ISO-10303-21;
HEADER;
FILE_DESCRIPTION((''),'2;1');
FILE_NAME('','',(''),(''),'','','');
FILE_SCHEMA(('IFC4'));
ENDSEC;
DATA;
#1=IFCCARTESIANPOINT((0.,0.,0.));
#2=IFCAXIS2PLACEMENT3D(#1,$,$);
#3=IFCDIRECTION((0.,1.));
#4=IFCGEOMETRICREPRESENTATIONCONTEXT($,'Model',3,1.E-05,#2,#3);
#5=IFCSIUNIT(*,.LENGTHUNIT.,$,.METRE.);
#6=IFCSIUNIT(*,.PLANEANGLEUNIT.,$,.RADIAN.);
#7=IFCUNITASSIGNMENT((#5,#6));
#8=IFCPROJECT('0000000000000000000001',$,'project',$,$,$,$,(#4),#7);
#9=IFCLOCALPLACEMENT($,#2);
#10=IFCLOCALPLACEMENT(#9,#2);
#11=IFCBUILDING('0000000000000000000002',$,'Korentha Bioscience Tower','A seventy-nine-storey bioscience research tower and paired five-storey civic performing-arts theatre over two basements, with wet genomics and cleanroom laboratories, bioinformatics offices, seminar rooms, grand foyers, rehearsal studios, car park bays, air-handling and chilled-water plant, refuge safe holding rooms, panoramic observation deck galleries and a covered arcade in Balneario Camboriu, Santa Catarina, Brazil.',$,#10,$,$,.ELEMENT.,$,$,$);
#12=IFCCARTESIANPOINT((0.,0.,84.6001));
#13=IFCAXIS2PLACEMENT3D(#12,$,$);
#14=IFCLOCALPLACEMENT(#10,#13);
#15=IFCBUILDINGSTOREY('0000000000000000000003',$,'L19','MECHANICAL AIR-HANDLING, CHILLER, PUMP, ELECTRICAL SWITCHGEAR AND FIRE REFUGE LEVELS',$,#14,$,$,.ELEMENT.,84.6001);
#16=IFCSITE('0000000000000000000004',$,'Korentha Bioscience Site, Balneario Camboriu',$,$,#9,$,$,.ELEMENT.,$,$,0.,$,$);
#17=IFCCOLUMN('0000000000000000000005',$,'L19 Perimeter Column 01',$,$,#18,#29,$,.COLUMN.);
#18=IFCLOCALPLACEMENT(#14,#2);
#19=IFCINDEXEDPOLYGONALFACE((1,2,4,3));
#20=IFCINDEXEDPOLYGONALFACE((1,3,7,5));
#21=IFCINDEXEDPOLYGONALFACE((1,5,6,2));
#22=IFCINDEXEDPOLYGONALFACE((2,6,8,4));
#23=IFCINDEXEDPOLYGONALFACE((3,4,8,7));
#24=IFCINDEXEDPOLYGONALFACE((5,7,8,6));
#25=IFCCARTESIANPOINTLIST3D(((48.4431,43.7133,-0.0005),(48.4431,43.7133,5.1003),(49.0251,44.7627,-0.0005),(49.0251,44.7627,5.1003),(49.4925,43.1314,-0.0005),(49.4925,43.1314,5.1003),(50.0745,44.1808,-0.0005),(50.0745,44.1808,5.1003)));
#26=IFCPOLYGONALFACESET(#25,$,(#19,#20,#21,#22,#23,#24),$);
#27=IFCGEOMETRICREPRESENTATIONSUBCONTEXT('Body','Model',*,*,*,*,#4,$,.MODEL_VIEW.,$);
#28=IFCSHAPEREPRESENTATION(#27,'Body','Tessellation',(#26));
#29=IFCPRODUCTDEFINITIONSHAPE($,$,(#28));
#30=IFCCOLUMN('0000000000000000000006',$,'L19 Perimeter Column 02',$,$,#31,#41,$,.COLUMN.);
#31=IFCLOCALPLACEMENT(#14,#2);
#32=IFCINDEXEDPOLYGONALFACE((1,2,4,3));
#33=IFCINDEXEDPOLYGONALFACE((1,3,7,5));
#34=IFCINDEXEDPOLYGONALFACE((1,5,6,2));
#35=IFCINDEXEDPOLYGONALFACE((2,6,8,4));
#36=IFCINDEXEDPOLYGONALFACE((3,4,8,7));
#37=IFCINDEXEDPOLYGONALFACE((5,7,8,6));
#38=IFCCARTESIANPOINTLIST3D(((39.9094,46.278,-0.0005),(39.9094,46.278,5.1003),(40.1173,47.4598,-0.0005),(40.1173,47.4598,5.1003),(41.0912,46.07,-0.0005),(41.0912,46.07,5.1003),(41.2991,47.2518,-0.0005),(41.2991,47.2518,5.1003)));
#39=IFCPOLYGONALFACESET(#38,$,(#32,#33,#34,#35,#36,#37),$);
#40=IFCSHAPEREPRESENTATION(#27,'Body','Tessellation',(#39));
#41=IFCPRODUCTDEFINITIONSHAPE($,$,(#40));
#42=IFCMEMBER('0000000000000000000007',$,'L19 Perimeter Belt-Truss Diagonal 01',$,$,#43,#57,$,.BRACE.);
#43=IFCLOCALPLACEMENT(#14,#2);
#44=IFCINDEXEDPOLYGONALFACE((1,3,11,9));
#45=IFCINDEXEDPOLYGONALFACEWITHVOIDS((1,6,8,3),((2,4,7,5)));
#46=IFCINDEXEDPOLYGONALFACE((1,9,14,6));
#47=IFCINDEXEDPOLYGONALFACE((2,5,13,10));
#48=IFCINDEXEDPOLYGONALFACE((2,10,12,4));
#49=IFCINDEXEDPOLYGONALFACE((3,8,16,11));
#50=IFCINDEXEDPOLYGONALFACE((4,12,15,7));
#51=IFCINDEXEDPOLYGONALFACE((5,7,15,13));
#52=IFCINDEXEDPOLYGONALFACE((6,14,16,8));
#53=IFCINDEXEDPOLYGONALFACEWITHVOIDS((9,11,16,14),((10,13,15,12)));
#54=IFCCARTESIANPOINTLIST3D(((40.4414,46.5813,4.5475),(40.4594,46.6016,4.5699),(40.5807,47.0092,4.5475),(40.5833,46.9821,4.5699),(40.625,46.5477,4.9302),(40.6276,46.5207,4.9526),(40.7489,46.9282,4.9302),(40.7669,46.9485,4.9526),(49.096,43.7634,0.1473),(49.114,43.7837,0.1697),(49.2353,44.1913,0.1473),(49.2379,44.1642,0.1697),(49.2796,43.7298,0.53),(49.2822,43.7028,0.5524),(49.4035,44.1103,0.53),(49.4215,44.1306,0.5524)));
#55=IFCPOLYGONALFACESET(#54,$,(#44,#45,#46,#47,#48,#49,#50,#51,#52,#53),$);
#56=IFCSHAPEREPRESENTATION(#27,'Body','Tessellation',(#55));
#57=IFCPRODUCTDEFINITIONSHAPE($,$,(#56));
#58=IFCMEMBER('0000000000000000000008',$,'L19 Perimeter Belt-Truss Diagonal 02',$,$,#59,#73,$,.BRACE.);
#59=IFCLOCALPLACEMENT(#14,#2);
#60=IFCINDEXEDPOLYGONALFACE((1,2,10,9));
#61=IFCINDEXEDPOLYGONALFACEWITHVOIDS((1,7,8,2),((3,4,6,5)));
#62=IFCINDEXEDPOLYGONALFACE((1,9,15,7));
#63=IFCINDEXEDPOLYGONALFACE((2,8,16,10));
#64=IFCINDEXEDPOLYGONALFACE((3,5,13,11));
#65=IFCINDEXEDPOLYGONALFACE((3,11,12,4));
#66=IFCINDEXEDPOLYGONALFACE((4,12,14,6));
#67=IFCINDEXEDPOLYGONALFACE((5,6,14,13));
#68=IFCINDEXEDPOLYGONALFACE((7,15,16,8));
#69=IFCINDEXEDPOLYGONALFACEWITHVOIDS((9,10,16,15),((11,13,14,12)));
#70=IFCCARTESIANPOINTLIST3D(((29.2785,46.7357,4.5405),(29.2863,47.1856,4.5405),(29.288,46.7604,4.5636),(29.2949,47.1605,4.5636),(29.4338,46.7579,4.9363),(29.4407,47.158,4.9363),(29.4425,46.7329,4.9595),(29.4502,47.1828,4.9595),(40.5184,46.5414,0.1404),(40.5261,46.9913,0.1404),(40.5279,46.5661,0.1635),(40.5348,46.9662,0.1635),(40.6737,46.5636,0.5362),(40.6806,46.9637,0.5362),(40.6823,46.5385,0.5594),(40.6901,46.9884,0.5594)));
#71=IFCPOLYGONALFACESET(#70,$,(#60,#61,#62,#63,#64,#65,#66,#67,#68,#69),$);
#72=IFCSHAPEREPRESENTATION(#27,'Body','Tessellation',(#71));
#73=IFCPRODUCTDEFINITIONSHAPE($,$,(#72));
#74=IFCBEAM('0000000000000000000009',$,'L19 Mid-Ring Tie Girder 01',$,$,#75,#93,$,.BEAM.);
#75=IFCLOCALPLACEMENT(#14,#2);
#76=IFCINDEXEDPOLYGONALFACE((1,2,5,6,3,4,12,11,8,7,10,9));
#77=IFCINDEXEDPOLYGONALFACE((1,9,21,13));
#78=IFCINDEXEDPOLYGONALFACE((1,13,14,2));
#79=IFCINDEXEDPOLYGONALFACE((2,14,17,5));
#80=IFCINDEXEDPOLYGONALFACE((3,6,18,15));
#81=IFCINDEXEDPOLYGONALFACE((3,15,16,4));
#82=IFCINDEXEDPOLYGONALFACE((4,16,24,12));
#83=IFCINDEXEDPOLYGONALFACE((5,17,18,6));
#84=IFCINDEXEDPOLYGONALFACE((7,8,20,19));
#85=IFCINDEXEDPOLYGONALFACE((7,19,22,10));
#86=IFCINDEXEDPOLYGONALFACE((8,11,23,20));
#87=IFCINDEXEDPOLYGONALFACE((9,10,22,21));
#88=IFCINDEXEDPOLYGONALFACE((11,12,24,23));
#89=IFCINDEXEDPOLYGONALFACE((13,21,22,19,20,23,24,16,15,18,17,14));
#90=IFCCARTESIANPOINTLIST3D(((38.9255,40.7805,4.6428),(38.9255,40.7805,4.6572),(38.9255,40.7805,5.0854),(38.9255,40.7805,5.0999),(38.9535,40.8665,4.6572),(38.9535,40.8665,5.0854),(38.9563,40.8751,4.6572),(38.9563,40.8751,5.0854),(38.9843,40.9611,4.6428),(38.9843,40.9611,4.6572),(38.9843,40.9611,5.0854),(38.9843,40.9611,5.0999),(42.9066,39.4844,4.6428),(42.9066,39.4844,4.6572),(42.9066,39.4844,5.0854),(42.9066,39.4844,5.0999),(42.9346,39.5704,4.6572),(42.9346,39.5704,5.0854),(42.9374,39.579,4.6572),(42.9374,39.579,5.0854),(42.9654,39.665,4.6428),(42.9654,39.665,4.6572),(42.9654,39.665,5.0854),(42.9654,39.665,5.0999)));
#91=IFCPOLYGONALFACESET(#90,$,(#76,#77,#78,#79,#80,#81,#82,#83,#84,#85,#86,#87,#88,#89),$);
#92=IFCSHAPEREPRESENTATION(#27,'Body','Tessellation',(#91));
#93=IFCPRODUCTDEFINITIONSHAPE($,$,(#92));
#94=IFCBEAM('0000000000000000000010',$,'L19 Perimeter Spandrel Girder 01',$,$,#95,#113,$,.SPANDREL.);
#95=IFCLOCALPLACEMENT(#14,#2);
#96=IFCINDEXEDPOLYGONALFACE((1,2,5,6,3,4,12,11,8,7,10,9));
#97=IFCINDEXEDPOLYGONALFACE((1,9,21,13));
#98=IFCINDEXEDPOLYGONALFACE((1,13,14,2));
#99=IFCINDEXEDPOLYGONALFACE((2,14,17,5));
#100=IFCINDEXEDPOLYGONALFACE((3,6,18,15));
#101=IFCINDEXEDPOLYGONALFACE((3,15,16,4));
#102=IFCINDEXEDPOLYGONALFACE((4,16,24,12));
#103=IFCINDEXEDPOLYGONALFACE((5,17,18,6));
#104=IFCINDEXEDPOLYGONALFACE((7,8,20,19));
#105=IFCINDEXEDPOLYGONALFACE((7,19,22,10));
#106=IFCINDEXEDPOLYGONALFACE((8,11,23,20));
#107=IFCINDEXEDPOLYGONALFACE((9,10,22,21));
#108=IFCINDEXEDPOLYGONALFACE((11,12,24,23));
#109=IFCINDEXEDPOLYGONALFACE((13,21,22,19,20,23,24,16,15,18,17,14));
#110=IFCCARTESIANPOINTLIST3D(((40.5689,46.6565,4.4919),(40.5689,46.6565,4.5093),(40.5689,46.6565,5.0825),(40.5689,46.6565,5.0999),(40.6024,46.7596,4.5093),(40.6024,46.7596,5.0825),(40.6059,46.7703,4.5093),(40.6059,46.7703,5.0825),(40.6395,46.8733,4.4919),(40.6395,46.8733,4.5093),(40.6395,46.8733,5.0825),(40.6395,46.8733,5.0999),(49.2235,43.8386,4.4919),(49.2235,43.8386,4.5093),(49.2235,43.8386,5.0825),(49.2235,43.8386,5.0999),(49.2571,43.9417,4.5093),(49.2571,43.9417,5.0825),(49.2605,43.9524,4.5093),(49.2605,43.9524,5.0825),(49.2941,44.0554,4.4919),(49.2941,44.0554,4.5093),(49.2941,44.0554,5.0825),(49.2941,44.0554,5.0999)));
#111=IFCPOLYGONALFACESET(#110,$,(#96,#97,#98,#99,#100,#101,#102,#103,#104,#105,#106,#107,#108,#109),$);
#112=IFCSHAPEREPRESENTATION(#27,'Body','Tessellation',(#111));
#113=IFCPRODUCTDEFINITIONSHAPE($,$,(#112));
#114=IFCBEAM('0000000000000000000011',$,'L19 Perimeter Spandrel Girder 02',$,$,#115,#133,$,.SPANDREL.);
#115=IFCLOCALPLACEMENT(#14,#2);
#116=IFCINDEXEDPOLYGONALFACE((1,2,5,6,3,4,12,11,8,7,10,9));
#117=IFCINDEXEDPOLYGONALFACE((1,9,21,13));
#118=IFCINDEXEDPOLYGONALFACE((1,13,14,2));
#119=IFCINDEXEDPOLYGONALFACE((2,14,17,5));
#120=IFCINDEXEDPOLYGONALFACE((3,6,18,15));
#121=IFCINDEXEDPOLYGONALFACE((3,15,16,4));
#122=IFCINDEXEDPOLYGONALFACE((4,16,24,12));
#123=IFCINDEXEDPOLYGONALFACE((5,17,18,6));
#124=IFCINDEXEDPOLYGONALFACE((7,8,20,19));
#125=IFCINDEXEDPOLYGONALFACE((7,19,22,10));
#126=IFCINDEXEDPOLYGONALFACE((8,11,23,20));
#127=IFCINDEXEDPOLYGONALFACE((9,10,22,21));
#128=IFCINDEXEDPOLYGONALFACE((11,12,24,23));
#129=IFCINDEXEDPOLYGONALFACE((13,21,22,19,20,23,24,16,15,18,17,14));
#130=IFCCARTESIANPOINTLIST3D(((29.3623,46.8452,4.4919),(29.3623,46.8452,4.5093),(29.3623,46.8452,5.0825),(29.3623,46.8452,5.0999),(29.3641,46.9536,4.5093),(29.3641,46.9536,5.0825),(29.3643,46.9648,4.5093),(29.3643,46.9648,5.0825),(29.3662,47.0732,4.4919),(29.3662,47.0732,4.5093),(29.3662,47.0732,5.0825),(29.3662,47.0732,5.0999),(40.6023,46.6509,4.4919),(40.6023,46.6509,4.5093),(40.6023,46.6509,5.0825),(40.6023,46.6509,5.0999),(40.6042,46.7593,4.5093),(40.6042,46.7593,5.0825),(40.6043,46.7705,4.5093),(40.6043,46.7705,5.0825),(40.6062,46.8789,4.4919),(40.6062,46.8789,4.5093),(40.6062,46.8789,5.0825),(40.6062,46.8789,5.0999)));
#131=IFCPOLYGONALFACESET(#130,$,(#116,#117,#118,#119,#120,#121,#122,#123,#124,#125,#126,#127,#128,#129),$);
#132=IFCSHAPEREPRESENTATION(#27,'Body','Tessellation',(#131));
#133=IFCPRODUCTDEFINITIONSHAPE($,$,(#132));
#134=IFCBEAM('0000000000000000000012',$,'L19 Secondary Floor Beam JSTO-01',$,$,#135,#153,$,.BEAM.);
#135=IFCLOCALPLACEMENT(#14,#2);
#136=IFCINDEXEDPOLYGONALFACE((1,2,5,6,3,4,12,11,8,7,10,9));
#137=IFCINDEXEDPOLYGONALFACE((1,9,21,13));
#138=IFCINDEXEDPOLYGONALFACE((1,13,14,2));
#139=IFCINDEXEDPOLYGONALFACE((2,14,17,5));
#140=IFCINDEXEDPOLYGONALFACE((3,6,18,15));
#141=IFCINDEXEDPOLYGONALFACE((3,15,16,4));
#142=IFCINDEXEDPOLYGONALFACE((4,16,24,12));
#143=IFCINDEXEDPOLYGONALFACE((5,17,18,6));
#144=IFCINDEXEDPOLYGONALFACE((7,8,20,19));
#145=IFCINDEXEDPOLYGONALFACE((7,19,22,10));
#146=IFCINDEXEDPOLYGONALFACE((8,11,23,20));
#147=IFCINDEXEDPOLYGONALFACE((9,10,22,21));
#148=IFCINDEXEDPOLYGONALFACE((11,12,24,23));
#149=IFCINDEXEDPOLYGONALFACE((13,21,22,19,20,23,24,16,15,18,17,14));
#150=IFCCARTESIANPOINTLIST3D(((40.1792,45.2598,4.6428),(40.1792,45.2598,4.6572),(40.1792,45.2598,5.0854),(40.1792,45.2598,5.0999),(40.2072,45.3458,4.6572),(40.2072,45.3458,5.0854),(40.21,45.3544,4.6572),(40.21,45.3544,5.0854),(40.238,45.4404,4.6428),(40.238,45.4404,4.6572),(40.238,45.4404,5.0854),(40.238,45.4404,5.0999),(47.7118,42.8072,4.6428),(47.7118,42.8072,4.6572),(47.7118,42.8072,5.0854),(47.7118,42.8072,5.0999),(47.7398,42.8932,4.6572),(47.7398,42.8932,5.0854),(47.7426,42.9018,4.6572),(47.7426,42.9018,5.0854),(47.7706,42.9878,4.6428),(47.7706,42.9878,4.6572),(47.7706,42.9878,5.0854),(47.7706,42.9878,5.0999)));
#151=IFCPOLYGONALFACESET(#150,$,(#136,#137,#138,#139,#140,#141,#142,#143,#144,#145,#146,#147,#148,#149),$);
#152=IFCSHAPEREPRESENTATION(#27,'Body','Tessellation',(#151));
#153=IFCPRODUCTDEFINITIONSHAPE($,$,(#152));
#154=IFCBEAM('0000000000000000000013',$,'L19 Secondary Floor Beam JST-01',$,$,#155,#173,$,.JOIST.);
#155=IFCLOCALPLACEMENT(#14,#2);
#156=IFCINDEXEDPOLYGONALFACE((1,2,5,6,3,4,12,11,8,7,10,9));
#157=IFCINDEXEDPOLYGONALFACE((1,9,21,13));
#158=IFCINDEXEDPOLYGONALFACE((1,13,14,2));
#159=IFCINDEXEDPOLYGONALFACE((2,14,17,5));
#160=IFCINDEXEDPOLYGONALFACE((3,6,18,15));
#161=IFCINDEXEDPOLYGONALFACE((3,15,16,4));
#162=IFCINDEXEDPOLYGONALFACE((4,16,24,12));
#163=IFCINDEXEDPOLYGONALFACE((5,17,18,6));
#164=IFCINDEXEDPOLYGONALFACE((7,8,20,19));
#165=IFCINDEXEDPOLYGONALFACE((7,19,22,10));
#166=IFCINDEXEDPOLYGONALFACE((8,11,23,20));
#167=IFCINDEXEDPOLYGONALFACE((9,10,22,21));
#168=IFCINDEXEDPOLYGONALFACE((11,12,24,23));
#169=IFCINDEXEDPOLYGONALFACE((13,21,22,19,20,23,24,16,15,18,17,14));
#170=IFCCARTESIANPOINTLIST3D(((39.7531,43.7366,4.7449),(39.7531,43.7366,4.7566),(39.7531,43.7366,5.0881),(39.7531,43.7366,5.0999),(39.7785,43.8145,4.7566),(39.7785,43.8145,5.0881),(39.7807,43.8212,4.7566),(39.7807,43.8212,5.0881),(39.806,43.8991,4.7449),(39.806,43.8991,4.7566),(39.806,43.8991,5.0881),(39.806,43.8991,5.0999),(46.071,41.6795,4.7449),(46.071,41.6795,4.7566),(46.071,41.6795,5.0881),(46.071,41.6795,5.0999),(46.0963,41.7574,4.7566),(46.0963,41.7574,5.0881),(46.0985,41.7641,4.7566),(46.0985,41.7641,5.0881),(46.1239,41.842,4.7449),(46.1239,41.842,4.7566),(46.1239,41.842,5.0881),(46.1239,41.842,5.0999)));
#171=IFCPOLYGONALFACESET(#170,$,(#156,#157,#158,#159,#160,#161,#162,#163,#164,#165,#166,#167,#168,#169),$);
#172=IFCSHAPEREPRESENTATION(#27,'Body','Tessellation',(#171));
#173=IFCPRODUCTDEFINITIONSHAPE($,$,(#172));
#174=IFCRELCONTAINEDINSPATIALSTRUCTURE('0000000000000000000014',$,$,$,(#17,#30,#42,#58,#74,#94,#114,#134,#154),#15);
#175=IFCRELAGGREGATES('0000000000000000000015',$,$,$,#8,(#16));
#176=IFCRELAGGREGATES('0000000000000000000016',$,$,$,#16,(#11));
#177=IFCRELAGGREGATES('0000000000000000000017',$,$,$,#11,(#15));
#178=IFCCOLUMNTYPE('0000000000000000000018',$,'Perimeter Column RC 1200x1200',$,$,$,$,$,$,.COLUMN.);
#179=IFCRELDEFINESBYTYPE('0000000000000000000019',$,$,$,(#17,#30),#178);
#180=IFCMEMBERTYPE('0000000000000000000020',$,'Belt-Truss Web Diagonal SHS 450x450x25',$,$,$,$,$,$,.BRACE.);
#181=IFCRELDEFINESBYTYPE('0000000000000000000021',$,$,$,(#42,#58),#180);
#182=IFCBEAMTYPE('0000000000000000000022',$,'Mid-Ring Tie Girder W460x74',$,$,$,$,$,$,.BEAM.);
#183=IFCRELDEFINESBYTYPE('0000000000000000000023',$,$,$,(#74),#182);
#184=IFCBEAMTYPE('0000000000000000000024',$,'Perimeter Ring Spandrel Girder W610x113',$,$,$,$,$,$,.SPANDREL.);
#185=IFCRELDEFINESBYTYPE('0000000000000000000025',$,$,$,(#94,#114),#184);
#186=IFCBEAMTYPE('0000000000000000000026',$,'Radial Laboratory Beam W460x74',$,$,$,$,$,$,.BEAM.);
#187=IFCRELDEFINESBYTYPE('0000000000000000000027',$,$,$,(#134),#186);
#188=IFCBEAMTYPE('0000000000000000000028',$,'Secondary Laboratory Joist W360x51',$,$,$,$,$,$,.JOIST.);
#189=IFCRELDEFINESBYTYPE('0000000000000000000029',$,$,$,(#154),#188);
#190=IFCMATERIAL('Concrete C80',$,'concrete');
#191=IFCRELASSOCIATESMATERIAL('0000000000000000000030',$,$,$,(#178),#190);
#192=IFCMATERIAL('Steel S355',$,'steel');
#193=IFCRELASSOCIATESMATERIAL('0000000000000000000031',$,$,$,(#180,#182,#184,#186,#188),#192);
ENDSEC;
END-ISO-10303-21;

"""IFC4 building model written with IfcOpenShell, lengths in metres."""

from ifc_helpers import new_model, si_unit, direction, frame, origin, origin_2d, place, context, subcontext, project, spatial, rectangle, hollow_rectangle, i_section, extrude, material, material_profile, profile_set, type_object, element, save


model = new_model("IFC4")

# Units and contexts
model_context = context("Model", 3, precision=1e-05, world=origin(), true_north=direction((0.0, 1.0)))
body_context = subcontext(model_context, "Body", "Model", "MODEL_VIEW")
ifc_project = project(units=[si_unit("LENGTHUNIT", "METRE"), si_unit("PLANEANGLEUNIT", "RADIAN")], contexts=[model_context])

# Site, building, storey
site_placement = place(None, origin())
site = spatial("IfcSite", under=ifc_project, at=site_placement, Name="Korentha Bioscience Site, Balneario Camboriu", CompositionType="ELEMENT", RefElevation=0.0)
building_placement = place(site_placement, origin())
building = spatial("IfcBuilding", under=site, at=building_placement, Name="Korentha Bioscience Tower", Description="A seventy-nine-storey bioscience research tower and paired five-storey civic performing-arts theatre over two basements, with wet genomics and cleanroom laboratories, bioinformatics offices, seminar rooms, grand foyers, rehearsal studios, car park bays, air-handling and chilled-water plant, refuge safe holding rooms, panoramic observation deck galleries and a covered arcade in Balneario Camboriu, Santa Catarina, Brazil.", CompositionType="ELEMENT")
storey_placement = place(building_placement, frame((0.0, 0.0, 84.6001)))
storey = spatial("IfcBuildingStorey", under=building, at=storey_placement, Name="L19", Description="MECHANICAL AIR-HANDLING, CHILLER, PUMP, ELECTRICAL SWITCHGEAR AND FIRE REFUGE LEVELS", CompositionType="ELEMENT", Elevation=84.6001)

# Columns
ifc_material_1 = material(Name="Concrete C80", Category="concrete")
ifc_material_profile_1 = material_profile(ifc_material_1, rectangle(XDim=1.2, YDim=1.2, at=origin_2d()), Name="Concrete C80")
ifc_profile_set_1 = profile_set([ifc_material_profile_1], Name="Concrete C80 (COL-P12)")
column_type = type_object("IfcColumnType", Name="Perimeter Column RC 1200x1200", PredefinedType="COLUMN", material=ifc_profile_set_1)
for number, where, z_axis, x_axis, name in (
    (1, (49.2588, 43.947, -0.0005), (0.0, 0.0, 1.0), (-0.874535, 0.484962, 0.0), "L19 Perimeter Column 01"),
    (2, (40.6042, 46.7649, -0.0005), (0.0, 0.0, 1.0), (-0.984868, 0.173304, 0.0), "L19 Perimeter Column 02"),
):
    element("IfcColumn", number, at=place(storey_placement, frame(where, z_axis=z_axis, x_axis=x_axis)), inside=storey, type_object=column_type, Name=name, PredefinedType="COLUMN", context=body_context, shape_type="SweptSolid", body=[
        extrude(rectangle(XDim=1.2, YDim=1.2, at=origin_2d()), origin(), (0.0, 0.0, 1.0), 5.1008),
    ])

# Members
ifc_material_2 = material(Name="Steel S355", Category="steel")
ifc_material_profile_2 = material_profile(ifc_material_2, hollow_rectangle(XDim=0.45, YDim=0.45, WallThickness=0.0249, at=origin_2d()), Name="Steel S355")
ifc_profile_set_2 = profile_set([ifc_material_profile_2], Name="Steel S355 (BT-D450)")
member_type = type_object("IfcMemberType", Name="Belt-Truss Web Diagonal SHS 450x450x25", PredefinedType="BRACE", material=ifc_profile_set_2)
member_1_placement = place(storey_placement, frame((49.2588, 43.947, 0.3499), z_axis=(-0.856077, 0.278734, 0.435247), x_axis=(-0.309597, -0.950868, 0.0)))
element("IfcMember", 3, at=member_1_placement, inside=storey, type_object=member_type, Name="L19 Perimeter Belt-Truss Diagonal 01", PredefinedType="BRACE", context=body_context, shape_type="SweptSolid", body=[
    extrude(hollow_rectangle(XDim=0.45, YDim=0.45, WallThickness=0.0249, at=origin_2d()), origin(), (0.0, 0.0, 1.0), 10.1096),
])
member_2_placement = place(storey_placement, frame((40.6042, 46.7649, 0.3499), z_axis=(-0.931069, 0.016098, 0.364488), x_axis=(-0.017287, -0.999851, 0.0)))
element("IfcMember", 4, at=member_2_placement, inside=storey, type_object=member_type, Name="L19 Perimeter Belt-Truss Diagonal 02", PredefinedType="BRACE", context=body_context, shape_type="SweptSolid", body=[
    extrude(hollow_rectangle(XDim=0.45, YDim=0.45, WallThickness=0.0249, at=origin_2d()), origin(), (0.0, 0.0, 1.0), 12.072),
])

# Beams
ifc_material_profile_3 = material_profile(ifc_material_2, i_section(OverallWidth=0.1899, OverallDepth=0.457, WebThickness=0.009, FlangeThickness=0.0144, at=origin_2d()), Name="Steel S355")
ifc_profile_set_3 = profile_set([ifc_material_profile_3], Name="Steel S355 (MB-460)")
beam_type_1 = type_object("IfcBeamType", Name="Mid-Ring Tie Girder W460x74", PredefinedType="BEAM", material=ifc_profile_set_3)
beam_1_placement = place(storey_placement, frame((42.936, 39.5747, 4.8713), z_axis=(-0.950876, 0.309573, 0.0), x_axis=(-0.309573, -0.950876, 0.0)))
element("IfcBeam", 5, at=beam_1_placement, inside=storey, type_object=beam_type_1, Name="L19 Mid-Ring Tie Girder 01", PredefinedType="BEAM", context=body_context, shape_type="SweptSolid", body=[
    extrude(i_section(OverallWidth=0.1899, OverallDepth=0.457, WebThickness=0.009, FlangeThickness=0.0144, at=origin_2d()), origin(), (0.0, 0.0, 1.0), 4.1868),
])
ifc_material_profile_4 = material_profile(ifc_material_2, i_section(OverallWidth=0.228, OverallDepth=0.6079, WebThickness=0.0112, FlangeThickness=0.0173, at=origin_2d()), Name="Steel S355")
ifc_profile_set_4 = profile_set([ifc_material_profile_4], Name="Steel S355 (SB-610)")
beam_type_2 = type_object("IfcBeamType", Name="Perimeter Ring Spandrel Girder W610x113", PredefinedType="SPANDREL", material=ifc_profile_set_4)
beam_2_placement = place(storey_placement, frame((49.2588, 43.947, 4.7959), z_axis=(-0.950868, 0.309597, 0.0), x_axis=(-0.309597, -0.950868, 0.0)))
element("IfcBeam", 6, at=beam_2_placement, inside=storey, type_object=beam_type_2, Name="L19 Perimeter Spandrel Girder 01", PredefinedType="SPANDREL", context=body_context, shape_type="SweptSolid", body=[
    extrude(i_section(OverallWidth=0.228, OverallDepth=0.6079, WebThickness=0.0112, FlangeThickness=0.0173, at=origin_2d()), origin(), (0.0, 0.0, 1.0), 9.1018),
])
beam_3_placement = place(storey_placement, frame((40.6042, 46.7649, 4.7959), z_axis=(-0.999851, 0.017287, 0.0), x_axis=(-0.017287, -0.999851, 0.0)))
element("IfcBeam", 7, at=beam_3_placement, inside=storey, type_object=beam_type_2, Name="L19 Perimeter Spandrel Girder 02", PredefinedType="SPANDREL", context=body_context, shape_type="SweptSolid", body=[
    extrude(i_section(OverallWidth=0.228, OverallDepth=0.6079, WebThickness=0.0112, FlangeThickness=0.0173, at=origin_2d()), origin(), (0.0, 0.0, 1.0), 11.2417),
])
ifc_material_profile_5 = material_profile(ifc_material_2, i_section(OverallWidth=0.1899, OverallDepth=0.457, WebThickness=0.009, FlangeThickness=0.0144, at=origin_2d()), Name="Steel S355")
ifc_profile_set_5 = profile_set([ifc_material_profile_5], Name="Steel S355 (RB-460)")
beam_type_3 = type_object("IfcBeamType", Name="Radial Laboratory Beam W460x74", PredefinedType="BEAM", material=ifc_profile_set_5)
beam_4_placement = place(storey_placement, frame((47.7412, 42.8975, 4.8713), z_axis=(-0.950867, 0.3096, 0.0), x_axis=(-0.3096, -0.950867, 0.0)))
element("IfcBeam", 8, at=beam_4_placement, inside=storey, type_object=beam_type_3, Name="L19 Secondary Floor Beam JSTO-01", PredefinedType="BEAM", context=body_context, shape_type="SweptSolid", body=[
    extrude(i_section(OverallWidth=0.1899, OverallDepth=0.457, WebThickness=0.009, FlangeThickness=0.0144, at=origin_2d()), origin(), (0.0, 0.0, 1.0), 7.9219),
])
ifc_material_profile_6 = material_profile(ifc_material_2, i_section(OverallWidth=0.1709, OverallDepth=0.355, WebThickness=0.0071, FlangeThickness=0.0117, at=origin_2d()), Name="Steel S355")
ifc_profile_set_6 = profile_set([ifc_material_profile_6], Name="Steel S355 (JB-360)")
beam_type_4 = type_object("IfcBeamType", Name="Secondary Laboratory Joist W360x51", PredefinedType="JOIST", material=ifc_profile_set_6)
beam_5_placement = place(storey_placement, frame((46.0974, 41.7607, 4.9224), z_axis=(-0.950865, 0.309606, 0.0), x_axis=(-0.309606, -0.950865, 0.0)))
element("IfcBeam", 9, at=beam_5_placement, inside=storey, type_object=beam_type_4, Name="L19 Secondary Floor Beam JST-01", PredefinedType="JOIST", context=body_context, shape_type="SweptSolid", body=[
    extrude(i_section(OverallWidth=0.1709, OverallDepth=0.355, WebThickness=0.0071, FlangeThickness=0.0117, at=origin_2d()), origin(), (0.0, 0.0, 1.0), 6.6443),
])

save(model, "model.ifc")
